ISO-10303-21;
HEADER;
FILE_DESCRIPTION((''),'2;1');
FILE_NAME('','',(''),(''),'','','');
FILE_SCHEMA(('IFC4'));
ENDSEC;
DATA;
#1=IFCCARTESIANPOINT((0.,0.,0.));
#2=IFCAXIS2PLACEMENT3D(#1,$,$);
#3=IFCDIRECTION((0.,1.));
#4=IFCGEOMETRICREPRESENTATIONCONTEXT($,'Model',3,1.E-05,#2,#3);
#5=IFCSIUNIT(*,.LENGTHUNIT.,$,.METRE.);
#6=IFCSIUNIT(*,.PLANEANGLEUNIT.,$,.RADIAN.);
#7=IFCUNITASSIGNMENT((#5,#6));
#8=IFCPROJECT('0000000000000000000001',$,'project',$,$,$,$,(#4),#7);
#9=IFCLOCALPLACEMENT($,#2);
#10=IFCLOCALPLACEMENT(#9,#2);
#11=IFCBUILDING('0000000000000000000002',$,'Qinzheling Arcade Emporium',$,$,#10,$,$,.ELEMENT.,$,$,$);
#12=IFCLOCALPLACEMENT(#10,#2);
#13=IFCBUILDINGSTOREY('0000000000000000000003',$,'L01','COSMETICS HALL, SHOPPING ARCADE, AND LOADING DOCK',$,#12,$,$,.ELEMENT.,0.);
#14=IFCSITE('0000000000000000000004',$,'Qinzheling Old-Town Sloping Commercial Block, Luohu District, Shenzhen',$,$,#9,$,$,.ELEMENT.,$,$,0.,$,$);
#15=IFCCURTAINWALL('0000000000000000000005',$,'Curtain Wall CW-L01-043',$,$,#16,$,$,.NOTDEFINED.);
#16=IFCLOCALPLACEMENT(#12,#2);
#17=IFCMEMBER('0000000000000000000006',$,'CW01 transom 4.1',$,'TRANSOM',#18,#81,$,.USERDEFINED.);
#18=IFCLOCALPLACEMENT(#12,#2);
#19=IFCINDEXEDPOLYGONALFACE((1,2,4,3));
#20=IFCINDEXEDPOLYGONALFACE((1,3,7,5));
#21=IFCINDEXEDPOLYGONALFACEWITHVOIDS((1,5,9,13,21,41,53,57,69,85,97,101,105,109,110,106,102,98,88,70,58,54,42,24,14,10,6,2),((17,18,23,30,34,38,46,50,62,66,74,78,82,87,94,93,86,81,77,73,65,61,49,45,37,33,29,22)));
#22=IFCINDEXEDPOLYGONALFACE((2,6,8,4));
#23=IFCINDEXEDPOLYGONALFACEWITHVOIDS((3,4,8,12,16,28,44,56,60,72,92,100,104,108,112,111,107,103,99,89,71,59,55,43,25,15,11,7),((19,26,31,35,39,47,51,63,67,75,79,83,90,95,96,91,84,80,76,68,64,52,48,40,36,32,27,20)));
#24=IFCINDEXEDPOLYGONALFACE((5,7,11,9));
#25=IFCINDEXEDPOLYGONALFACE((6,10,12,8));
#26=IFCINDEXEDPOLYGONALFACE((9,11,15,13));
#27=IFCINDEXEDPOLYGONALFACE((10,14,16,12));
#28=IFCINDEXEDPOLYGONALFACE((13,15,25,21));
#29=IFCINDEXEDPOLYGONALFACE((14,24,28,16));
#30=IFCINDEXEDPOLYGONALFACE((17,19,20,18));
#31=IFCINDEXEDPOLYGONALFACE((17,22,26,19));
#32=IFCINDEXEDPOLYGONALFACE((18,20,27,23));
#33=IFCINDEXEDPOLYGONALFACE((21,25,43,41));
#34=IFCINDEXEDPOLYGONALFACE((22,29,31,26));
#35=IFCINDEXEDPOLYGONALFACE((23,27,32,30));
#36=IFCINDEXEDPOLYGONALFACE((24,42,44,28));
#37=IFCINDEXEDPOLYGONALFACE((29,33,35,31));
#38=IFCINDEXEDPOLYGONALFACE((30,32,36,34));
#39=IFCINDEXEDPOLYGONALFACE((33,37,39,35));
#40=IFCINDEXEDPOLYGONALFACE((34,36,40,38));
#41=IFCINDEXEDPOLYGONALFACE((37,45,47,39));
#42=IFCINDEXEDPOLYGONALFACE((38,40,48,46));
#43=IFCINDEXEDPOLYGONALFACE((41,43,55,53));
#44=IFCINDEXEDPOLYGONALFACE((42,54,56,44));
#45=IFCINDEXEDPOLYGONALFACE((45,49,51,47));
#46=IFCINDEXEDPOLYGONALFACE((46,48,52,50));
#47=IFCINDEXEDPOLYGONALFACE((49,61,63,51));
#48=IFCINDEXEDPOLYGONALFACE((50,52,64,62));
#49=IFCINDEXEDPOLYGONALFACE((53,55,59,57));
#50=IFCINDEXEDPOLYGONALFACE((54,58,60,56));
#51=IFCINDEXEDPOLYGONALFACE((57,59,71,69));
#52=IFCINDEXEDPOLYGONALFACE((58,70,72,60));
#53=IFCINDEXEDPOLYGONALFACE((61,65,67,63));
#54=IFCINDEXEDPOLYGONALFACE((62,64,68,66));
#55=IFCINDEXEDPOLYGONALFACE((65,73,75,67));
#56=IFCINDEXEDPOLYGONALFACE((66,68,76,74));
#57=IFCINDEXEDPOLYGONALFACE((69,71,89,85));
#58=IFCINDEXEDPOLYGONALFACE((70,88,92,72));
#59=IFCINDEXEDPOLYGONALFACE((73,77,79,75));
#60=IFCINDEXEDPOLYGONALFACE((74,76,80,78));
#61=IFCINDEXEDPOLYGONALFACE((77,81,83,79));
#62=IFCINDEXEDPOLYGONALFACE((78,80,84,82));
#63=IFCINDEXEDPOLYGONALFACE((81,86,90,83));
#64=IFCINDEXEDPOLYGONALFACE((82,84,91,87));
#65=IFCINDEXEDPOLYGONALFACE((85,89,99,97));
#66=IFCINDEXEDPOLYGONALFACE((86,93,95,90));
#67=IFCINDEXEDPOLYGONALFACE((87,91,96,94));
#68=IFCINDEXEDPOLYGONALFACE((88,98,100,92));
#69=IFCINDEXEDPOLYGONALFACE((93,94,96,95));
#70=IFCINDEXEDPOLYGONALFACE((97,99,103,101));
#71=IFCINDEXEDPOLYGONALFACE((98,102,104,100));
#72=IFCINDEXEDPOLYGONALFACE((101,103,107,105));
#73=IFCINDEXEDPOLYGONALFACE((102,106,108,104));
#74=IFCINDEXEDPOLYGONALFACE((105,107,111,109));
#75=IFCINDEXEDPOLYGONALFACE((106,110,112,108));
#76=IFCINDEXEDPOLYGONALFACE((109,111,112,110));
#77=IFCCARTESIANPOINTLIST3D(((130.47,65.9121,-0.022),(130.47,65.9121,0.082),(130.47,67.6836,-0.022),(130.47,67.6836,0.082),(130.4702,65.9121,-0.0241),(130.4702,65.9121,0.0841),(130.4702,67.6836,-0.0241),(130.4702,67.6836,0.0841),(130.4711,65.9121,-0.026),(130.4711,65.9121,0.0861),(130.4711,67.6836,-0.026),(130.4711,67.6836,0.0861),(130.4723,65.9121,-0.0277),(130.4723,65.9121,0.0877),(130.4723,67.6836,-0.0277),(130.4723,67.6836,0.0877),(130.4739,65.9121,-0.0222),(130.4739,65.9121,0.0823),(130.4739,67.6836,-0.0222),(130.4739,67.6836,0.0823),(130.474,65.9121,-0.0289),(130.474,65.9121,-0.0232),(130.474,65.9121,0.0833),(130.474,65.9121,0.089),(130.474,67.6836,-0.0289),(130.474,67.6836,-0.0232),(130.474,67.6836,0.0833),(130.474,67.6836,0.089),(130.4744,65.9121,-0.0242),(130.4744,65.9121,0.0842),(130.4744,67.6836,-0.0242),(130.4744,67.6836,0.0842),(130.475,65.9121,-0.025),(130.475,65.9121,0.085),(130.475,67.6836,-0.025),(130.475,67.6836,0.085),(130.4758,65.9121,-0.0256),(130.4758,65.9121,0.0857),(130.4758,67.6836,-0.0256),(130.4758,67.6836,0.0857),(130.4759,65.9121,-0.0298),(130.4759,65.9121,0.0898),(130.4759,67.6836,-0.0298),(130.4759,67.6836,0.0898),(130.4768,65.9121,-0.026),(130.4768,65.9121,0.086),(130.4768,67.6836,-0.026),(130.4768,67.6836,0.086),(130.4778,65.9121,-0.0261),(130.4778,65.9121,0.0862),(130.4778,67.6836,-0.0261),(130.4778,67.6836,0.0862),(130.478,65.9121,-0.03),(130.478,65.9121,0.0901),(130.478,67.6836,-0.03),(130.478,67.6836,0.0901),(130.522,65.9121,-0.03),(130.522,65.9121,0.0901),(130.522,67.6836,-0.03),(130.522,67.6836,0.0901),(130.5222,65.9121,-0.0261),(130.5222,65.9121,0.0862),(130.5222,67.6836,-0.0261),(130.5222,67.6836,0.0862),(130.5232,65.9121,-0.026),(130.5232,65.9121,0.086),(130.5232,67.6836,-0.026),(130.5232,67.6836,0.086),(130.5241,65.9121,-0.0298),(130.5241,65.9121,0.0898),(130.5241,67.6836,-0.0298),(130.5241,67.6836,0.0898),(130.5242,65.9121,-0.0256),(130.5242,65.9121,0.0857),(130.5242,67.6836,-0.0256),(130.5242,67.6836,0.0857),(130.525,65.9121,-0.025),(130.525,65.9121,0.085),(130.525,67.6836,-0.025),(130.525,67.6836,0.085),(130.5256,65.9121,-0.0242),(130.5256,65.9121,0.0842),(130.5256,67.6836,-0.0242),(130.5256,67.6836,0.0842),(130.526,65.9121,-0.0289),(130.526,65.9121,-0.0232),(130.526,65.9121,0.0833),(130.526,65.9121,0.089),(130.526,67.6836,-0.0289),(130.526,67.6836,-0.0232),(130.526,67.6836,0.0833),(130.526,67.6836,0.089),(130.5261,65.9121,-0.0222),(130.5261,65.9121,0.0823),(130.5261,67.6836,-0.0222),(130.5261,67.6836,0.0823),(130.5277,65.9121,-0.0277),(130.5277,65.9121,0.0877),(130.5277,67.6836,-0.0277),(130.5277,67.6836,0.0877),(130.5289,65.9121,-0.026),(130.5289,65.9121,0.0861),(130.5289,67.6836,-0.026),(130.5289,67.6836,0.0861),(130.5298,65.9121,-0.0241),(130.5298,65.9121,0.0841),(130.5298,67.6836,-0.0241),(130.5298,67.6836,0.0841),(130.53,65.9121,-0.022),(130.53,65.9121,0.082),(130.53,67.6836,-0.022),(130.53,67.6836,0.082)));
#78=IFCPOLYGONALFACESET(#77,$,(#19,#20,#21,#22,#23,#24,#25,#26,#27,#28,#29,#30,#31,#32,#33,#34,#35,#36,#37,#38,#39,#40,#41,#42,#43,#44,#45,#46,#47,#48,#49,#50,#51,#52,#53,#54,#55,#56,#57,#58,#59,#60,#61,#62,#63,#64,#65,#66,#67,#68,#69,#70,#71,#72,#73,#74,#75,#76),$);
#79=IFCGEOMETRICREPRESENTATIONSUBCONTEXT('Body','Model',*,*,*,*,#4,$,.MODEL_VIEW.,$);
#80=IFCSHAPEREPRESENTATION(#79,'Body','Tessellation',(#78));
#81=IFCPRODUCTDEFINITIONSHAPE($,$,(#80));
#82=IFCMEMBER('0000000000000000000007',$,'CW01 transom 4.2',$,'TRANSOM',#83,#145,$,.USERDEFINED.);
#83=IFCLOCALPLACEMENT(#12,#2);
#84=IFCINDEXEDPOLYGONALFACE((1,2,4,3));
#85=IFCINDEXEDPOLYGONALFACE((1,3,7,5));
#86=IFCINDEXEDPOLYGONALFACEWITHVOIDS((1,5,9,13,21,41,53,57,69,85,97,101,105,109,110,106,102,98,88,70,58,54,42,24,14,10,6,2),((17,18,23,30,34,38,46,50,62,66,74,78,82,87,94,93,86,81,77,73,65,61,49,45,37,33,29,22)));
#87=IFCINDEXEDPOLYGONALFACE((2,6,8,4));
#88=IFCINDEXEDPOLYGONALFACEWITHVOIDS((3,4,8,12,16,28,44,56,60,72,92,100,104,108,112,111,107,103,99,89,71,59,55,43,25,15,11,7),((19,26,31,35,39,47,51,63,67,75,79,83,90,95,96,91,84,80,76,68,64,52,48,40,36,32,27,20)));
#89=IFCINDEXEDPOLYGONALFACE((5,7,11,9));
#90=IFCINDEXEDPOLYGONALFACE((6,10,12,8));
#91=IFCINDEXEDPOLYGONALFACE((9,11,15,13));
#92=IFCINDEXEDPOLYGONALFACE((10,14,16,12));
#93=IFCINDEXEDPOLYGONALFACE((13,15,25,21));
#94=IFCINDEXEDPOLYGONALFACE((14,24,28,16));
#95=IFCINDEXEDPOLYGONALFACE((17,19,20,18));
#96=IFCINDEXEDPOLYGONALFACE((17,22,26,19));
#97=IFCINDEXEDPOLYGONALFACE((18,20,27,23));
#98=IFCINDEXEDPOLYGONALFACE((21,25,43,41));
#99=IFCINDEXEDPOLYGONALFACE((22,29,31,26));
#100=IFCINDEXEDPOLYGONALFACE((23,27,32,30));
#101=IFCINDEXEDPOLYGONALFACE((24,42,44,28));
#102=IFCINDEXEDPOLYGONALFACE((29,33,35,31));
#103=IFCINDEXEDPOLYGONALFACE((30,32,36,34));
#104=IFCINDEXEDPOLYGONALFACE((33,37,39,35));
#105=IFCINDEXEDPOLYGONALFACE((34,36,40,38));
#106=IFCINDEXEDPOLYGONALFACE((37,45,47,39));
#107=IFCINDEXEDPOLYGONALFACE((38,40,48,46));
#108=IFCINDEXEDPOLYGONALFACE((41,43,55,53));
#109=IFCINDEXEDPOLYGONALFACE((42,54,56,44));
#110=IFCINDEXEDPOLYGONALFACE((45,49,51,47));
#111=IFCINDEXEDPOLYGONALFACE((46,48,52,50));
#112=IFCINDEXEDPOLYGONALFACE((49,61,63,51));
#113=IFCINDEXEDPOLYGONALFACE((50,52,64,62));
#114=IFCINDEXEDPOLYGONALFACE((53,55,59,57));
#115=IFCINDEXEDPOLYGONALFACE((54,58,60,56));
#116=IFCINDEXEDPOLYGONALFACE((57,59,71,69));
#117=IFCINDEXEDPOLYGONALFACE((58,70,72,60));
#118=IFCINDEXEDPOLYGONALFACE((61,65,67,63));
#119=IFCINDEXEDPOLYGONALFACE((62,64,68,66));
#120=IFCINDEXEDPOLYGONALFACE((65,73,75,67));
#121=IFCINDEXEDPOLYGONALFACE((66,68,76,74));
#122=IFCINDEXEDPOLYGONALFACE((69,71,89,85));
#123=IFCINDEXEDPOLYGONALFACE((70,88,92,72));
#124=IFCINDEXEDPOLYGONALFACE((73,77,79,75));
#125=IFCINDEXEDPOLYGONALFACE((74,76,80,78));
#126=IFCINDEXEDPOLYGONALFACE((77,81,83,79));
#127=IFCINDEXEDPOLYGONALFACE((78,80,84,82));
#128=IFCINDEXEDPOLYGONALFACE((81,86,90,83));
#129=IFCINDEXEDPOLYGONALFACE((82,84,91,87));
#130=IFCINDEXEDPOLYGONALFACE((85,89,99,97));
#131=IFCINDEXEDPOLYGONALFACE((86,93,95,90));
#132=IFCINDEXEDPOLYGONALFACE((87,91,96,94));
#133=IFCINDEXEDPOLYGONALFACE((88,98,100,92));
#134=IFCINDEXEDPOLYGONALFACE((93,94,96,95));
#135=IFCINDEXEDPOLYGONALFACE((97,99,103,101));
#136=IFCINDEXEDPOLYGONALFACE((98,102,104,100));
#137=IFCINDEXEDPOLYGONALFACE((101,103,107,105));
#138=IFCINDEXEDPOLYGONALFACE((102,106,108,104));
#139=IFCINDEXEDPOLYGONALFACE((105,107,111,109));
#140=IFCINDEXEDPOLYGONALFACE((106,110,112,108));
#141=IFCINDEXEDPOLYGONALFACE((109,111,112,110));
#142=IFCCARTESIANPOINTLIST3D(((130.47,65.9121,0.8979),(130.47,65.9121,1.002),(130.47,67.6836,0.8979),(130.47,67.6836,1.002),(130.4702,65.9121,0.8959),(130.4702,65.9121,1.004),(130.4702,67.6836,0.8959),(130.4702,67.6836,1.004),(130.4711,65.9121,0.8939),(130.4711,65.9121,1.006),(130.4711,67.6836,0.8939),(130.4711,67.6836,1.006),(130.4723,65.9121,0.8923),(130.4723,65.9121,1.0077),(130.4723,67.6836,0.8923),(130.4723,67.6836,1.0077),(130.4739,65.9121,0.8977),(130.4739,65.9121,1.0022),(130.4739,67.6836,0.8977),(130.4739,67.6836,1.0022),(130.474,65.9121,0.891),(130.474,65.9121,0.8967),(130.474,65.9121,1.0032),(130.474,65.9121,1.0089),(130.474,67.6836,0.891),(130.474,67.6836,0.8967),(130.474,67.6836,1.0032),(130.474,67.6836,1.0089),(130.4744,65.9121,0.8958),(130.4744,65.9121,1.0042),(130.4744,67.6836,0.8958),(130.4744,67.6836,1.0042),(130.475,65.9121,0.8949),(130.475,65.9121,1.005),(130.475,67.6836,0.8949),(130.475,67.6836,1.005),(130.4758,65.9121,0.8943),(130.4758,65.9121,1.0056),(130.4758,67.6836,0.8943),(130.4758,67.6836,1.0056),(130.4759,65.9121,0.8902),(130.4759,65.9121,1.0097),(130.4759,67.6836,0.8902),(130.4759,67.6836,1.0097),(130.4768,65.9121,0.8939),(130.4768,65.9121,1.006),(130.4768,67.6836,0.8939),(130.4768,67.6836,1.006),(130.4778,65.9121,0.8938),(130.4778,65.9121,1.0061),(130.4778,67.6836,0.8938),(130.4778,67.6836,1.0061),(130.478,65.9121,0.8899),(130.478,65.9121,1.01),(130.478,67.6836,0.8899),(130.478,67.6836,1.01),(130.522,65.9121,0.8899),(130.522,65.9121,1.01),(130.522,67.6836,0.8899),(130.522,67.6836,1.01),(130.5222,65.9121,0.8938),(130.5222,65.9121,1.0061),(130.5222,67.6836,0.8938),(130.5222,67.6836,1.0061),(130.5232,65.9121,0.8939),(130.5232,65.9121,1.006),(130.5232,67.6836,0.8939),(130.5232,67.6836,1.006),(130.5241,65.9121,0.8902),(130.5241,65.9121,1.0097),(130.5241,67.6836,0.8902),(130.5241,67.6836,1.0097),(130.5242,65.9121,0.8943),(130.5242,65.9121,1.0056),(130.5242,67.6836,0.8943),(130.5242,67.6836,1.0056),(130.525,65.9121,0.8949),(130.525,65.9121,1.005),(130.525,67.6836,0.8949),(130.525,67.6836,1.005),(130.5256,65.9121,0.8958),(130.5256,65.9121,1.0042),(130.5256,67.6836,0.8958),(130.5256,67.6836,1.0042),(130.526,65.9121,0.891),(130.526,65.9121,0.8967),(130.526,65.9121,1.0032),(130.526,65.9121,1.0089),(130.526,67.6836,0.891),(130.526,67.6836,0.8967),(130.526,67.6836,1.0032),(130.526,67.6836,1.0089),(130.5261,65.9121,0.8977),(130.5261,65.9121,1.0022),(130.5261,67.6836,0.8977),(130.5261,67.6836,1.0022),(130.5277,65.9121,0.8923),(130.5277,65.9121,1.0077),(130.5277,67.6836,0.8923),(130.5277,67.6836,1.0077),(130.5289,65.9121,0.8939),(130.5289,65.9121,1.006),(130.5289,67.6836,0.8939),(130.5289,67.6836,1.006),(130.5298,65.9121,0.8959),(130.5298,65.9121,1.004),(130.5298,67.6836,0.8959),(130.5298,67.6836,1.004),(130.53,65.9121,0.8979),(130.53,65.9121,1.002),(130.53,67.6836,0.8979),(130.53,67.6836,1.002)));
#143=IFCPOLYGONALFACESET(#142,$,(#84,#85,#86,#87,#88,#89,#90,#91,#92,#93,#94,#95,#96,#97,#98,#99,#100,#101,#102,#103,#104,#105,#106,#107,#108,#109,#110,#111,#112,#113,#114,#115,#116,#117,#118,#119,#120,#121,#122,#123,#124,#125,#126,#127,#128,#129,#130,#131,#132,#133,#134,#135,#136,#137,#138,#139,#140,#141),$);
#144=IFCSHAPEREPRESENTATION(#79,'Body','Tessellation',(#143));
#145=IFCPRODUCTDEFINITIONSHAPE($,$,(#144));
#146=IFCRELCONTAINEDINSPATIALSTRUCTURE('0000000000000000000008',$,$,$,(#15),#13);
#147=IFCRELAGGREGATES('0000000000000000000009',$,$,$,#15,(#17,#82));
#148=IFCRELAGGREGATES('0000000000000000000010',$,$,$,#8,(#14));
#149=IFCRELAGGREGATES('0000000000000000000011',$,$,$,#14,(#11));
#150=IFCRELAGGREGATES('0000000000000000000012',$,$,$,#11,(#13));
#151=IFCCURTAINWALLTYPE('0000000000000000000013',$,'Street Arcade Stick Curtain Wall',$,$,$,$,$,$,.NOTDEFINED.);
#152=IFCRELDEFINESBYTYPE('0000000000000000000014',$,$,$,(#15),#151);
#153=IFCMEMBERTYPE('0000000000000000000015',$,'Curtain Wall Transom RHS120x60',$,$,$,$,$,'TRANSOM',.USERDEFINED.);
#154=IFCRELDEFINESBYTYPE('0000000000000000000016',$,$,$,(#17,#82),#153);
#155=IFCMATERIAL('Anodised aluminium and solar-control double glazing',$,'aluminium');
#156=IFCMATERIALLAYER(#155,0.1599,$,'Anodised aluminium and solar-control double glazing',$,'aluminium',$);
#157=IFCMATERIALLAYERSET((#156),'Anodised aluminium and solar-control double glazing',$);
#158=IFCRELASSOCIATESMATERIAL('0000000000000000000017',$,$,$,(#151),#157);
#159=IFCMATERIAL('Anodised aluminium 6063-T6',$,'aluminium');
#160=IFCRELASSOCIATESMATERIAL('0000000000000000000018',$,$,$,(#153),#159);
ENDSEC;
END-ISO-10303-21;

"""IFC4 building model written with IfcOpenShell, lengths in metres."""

from ifc_helpers import new_model, si_unit, direction, frame, origin, origin_2d, place, context, subcontext, project, spatial, hollow_rectangle, extrude, material, layer, layer_set, material_profile, profile_set, type_object, element, aggregate, save


model = new_model("IFC4")

# Units and contexts
model_context = context("Model", 3, precision=1e-05, world=origin(), true_north=direction((0.0, 1.0)))
body_context = subcontext(model_context, "Body", "Model", "MODEL_VIEW")
ifc_project = project(units=[si_unit("LENGTHUNIT", "METRE"), si_unit("PLANEANGLEUNIT", "RADIAN")], contexts=[model_context])

# Site, building, storey
site_placement = place(None, origin())
site = spatial("IfcSite", under=ifc_project, at=site_placement, Name="Qinzheling Old-Town Sloping Commercial Block, Luohu District, Shenzhen", CompositionType="ELEMENT", RefElevation=0.0)
building_placement = place(site_placement, origin())
building = spatial("IfcBuilding", under=site, at=building_placement, Name="Qinzheling Arcade Emporium", CompositionType="ELEMENT")
storey_placement = place(building_placement, origin())
storey = spatial("IfcBuildingStorey", under=building, at=storey_placement, Name="L01", Description="COSMETICS HALL, SHOPPING ARCADE, AND LOADING DOCK", CompositionType="ELEMENT", Elevation=0.0)

# Curtain wall, members
ifc_material_1 = material(Name="Anodised aluminium and solar-control double glazing", Category="aluminium")
ifc_layer_1 = layer(ifc_material_1, 0.1599, Name="Anodised aluminium and solar-control double glazing", Category="aluminium")
ifc_layer_set_1 = layer_set([ifc_layer_1], Name="Anodised aluminium and solar-control double glazing")
curtain_wall_type = type_object("IfcCurtainWallType", Name="Street Arcade Stick Curtain Wall", PredefinedType="NOTDEFINED", material=ifc_layer_set_1)
curtain_wall_placement = place(storey_placement, origin())
curtain_wall = element("IfcCurtainWall", 1, at=curtain_wall_placement, inside=storey, type_object=curtain_wall_type, Name="Curtain Wall CW-L01-043", PredefinedType="NOTDEFINED")
ifc_material_2 = material(Name="Anodised aluminium 6063-T6", Category="aluminium")
ifc_material_profile_1 = material_profile(ifc_material_2, hollow_rectangle(XDim=0.0601, YDim=0.1201, WallThickness=0.0039, InnerFilletRadius=0.0039, OuterFilletRadius=0.0081, at=origin_2d()), Name="RHS 120x60x4", Category="aluminium")
ifc_profile_set_1 = profile_set([ifc_material_profile_1], Name="Anodised aluminium 6063-T6")
member_type_1 = type_object("IfcMemberType", Name="Curtain Wall Transom RHS120x60", ElementType="TRANSOM", PredefinedType="USERDEFINED", material=ifc_profile_set_1)
member_1_placement = place(storey_placement, frame((130.5, 67.6836, 0.03), z_axis=(0.0, -1.0, 0.0), x_axis=(1.0, 0.0, 0.0)))
member_1 = element("IfcMember", 2, at=member_1_placement, type_object=member_type_1, Name="CW01 transom 4.1", ObjectType="TRANSOM", PredefinedType="USERDEFINED", context=body_context, shape_type="SweptSolid", body=[
    extrude(hollow_rectangle(XDim=0.0601, YDim=0.1201, WallThickness=0.0039, InnerFilletRadius=0.0039, OuterFilletRadius=0.0081, at=origin_2d()), origin(), (0.0, 0.0, 1.0), 1.7715),
])
member_2_placement = place(storey_placement, frame((130.5, 67.6836, 0.95), z_axis=(0.0, -1.0, 0.0), x_axis=(1.0, 0.0, 0.0)))
member_2 = element("IfcMember", 3, at=member_2_placement, type_object=member_type_1, Name="CW01 transom 4.2", ObjectType="TRANSOM", PredefinedType="USERDEFINED", context=body_context, shape_type="SweptSolid", body=[
    extrude(hollow_rectangle(XDim=0.0601, YDim=0.1201, WallThickness=0.0039, InnerFilletRadius=0.0039, OuterFilletRadius=0.0081, at=origin_2d()), origin(), (0.0, 0.0, 1.0), 1.7715),
])
aggregate(curtain_wall, [member_1, member_2])

save(model, "model.ifc")
